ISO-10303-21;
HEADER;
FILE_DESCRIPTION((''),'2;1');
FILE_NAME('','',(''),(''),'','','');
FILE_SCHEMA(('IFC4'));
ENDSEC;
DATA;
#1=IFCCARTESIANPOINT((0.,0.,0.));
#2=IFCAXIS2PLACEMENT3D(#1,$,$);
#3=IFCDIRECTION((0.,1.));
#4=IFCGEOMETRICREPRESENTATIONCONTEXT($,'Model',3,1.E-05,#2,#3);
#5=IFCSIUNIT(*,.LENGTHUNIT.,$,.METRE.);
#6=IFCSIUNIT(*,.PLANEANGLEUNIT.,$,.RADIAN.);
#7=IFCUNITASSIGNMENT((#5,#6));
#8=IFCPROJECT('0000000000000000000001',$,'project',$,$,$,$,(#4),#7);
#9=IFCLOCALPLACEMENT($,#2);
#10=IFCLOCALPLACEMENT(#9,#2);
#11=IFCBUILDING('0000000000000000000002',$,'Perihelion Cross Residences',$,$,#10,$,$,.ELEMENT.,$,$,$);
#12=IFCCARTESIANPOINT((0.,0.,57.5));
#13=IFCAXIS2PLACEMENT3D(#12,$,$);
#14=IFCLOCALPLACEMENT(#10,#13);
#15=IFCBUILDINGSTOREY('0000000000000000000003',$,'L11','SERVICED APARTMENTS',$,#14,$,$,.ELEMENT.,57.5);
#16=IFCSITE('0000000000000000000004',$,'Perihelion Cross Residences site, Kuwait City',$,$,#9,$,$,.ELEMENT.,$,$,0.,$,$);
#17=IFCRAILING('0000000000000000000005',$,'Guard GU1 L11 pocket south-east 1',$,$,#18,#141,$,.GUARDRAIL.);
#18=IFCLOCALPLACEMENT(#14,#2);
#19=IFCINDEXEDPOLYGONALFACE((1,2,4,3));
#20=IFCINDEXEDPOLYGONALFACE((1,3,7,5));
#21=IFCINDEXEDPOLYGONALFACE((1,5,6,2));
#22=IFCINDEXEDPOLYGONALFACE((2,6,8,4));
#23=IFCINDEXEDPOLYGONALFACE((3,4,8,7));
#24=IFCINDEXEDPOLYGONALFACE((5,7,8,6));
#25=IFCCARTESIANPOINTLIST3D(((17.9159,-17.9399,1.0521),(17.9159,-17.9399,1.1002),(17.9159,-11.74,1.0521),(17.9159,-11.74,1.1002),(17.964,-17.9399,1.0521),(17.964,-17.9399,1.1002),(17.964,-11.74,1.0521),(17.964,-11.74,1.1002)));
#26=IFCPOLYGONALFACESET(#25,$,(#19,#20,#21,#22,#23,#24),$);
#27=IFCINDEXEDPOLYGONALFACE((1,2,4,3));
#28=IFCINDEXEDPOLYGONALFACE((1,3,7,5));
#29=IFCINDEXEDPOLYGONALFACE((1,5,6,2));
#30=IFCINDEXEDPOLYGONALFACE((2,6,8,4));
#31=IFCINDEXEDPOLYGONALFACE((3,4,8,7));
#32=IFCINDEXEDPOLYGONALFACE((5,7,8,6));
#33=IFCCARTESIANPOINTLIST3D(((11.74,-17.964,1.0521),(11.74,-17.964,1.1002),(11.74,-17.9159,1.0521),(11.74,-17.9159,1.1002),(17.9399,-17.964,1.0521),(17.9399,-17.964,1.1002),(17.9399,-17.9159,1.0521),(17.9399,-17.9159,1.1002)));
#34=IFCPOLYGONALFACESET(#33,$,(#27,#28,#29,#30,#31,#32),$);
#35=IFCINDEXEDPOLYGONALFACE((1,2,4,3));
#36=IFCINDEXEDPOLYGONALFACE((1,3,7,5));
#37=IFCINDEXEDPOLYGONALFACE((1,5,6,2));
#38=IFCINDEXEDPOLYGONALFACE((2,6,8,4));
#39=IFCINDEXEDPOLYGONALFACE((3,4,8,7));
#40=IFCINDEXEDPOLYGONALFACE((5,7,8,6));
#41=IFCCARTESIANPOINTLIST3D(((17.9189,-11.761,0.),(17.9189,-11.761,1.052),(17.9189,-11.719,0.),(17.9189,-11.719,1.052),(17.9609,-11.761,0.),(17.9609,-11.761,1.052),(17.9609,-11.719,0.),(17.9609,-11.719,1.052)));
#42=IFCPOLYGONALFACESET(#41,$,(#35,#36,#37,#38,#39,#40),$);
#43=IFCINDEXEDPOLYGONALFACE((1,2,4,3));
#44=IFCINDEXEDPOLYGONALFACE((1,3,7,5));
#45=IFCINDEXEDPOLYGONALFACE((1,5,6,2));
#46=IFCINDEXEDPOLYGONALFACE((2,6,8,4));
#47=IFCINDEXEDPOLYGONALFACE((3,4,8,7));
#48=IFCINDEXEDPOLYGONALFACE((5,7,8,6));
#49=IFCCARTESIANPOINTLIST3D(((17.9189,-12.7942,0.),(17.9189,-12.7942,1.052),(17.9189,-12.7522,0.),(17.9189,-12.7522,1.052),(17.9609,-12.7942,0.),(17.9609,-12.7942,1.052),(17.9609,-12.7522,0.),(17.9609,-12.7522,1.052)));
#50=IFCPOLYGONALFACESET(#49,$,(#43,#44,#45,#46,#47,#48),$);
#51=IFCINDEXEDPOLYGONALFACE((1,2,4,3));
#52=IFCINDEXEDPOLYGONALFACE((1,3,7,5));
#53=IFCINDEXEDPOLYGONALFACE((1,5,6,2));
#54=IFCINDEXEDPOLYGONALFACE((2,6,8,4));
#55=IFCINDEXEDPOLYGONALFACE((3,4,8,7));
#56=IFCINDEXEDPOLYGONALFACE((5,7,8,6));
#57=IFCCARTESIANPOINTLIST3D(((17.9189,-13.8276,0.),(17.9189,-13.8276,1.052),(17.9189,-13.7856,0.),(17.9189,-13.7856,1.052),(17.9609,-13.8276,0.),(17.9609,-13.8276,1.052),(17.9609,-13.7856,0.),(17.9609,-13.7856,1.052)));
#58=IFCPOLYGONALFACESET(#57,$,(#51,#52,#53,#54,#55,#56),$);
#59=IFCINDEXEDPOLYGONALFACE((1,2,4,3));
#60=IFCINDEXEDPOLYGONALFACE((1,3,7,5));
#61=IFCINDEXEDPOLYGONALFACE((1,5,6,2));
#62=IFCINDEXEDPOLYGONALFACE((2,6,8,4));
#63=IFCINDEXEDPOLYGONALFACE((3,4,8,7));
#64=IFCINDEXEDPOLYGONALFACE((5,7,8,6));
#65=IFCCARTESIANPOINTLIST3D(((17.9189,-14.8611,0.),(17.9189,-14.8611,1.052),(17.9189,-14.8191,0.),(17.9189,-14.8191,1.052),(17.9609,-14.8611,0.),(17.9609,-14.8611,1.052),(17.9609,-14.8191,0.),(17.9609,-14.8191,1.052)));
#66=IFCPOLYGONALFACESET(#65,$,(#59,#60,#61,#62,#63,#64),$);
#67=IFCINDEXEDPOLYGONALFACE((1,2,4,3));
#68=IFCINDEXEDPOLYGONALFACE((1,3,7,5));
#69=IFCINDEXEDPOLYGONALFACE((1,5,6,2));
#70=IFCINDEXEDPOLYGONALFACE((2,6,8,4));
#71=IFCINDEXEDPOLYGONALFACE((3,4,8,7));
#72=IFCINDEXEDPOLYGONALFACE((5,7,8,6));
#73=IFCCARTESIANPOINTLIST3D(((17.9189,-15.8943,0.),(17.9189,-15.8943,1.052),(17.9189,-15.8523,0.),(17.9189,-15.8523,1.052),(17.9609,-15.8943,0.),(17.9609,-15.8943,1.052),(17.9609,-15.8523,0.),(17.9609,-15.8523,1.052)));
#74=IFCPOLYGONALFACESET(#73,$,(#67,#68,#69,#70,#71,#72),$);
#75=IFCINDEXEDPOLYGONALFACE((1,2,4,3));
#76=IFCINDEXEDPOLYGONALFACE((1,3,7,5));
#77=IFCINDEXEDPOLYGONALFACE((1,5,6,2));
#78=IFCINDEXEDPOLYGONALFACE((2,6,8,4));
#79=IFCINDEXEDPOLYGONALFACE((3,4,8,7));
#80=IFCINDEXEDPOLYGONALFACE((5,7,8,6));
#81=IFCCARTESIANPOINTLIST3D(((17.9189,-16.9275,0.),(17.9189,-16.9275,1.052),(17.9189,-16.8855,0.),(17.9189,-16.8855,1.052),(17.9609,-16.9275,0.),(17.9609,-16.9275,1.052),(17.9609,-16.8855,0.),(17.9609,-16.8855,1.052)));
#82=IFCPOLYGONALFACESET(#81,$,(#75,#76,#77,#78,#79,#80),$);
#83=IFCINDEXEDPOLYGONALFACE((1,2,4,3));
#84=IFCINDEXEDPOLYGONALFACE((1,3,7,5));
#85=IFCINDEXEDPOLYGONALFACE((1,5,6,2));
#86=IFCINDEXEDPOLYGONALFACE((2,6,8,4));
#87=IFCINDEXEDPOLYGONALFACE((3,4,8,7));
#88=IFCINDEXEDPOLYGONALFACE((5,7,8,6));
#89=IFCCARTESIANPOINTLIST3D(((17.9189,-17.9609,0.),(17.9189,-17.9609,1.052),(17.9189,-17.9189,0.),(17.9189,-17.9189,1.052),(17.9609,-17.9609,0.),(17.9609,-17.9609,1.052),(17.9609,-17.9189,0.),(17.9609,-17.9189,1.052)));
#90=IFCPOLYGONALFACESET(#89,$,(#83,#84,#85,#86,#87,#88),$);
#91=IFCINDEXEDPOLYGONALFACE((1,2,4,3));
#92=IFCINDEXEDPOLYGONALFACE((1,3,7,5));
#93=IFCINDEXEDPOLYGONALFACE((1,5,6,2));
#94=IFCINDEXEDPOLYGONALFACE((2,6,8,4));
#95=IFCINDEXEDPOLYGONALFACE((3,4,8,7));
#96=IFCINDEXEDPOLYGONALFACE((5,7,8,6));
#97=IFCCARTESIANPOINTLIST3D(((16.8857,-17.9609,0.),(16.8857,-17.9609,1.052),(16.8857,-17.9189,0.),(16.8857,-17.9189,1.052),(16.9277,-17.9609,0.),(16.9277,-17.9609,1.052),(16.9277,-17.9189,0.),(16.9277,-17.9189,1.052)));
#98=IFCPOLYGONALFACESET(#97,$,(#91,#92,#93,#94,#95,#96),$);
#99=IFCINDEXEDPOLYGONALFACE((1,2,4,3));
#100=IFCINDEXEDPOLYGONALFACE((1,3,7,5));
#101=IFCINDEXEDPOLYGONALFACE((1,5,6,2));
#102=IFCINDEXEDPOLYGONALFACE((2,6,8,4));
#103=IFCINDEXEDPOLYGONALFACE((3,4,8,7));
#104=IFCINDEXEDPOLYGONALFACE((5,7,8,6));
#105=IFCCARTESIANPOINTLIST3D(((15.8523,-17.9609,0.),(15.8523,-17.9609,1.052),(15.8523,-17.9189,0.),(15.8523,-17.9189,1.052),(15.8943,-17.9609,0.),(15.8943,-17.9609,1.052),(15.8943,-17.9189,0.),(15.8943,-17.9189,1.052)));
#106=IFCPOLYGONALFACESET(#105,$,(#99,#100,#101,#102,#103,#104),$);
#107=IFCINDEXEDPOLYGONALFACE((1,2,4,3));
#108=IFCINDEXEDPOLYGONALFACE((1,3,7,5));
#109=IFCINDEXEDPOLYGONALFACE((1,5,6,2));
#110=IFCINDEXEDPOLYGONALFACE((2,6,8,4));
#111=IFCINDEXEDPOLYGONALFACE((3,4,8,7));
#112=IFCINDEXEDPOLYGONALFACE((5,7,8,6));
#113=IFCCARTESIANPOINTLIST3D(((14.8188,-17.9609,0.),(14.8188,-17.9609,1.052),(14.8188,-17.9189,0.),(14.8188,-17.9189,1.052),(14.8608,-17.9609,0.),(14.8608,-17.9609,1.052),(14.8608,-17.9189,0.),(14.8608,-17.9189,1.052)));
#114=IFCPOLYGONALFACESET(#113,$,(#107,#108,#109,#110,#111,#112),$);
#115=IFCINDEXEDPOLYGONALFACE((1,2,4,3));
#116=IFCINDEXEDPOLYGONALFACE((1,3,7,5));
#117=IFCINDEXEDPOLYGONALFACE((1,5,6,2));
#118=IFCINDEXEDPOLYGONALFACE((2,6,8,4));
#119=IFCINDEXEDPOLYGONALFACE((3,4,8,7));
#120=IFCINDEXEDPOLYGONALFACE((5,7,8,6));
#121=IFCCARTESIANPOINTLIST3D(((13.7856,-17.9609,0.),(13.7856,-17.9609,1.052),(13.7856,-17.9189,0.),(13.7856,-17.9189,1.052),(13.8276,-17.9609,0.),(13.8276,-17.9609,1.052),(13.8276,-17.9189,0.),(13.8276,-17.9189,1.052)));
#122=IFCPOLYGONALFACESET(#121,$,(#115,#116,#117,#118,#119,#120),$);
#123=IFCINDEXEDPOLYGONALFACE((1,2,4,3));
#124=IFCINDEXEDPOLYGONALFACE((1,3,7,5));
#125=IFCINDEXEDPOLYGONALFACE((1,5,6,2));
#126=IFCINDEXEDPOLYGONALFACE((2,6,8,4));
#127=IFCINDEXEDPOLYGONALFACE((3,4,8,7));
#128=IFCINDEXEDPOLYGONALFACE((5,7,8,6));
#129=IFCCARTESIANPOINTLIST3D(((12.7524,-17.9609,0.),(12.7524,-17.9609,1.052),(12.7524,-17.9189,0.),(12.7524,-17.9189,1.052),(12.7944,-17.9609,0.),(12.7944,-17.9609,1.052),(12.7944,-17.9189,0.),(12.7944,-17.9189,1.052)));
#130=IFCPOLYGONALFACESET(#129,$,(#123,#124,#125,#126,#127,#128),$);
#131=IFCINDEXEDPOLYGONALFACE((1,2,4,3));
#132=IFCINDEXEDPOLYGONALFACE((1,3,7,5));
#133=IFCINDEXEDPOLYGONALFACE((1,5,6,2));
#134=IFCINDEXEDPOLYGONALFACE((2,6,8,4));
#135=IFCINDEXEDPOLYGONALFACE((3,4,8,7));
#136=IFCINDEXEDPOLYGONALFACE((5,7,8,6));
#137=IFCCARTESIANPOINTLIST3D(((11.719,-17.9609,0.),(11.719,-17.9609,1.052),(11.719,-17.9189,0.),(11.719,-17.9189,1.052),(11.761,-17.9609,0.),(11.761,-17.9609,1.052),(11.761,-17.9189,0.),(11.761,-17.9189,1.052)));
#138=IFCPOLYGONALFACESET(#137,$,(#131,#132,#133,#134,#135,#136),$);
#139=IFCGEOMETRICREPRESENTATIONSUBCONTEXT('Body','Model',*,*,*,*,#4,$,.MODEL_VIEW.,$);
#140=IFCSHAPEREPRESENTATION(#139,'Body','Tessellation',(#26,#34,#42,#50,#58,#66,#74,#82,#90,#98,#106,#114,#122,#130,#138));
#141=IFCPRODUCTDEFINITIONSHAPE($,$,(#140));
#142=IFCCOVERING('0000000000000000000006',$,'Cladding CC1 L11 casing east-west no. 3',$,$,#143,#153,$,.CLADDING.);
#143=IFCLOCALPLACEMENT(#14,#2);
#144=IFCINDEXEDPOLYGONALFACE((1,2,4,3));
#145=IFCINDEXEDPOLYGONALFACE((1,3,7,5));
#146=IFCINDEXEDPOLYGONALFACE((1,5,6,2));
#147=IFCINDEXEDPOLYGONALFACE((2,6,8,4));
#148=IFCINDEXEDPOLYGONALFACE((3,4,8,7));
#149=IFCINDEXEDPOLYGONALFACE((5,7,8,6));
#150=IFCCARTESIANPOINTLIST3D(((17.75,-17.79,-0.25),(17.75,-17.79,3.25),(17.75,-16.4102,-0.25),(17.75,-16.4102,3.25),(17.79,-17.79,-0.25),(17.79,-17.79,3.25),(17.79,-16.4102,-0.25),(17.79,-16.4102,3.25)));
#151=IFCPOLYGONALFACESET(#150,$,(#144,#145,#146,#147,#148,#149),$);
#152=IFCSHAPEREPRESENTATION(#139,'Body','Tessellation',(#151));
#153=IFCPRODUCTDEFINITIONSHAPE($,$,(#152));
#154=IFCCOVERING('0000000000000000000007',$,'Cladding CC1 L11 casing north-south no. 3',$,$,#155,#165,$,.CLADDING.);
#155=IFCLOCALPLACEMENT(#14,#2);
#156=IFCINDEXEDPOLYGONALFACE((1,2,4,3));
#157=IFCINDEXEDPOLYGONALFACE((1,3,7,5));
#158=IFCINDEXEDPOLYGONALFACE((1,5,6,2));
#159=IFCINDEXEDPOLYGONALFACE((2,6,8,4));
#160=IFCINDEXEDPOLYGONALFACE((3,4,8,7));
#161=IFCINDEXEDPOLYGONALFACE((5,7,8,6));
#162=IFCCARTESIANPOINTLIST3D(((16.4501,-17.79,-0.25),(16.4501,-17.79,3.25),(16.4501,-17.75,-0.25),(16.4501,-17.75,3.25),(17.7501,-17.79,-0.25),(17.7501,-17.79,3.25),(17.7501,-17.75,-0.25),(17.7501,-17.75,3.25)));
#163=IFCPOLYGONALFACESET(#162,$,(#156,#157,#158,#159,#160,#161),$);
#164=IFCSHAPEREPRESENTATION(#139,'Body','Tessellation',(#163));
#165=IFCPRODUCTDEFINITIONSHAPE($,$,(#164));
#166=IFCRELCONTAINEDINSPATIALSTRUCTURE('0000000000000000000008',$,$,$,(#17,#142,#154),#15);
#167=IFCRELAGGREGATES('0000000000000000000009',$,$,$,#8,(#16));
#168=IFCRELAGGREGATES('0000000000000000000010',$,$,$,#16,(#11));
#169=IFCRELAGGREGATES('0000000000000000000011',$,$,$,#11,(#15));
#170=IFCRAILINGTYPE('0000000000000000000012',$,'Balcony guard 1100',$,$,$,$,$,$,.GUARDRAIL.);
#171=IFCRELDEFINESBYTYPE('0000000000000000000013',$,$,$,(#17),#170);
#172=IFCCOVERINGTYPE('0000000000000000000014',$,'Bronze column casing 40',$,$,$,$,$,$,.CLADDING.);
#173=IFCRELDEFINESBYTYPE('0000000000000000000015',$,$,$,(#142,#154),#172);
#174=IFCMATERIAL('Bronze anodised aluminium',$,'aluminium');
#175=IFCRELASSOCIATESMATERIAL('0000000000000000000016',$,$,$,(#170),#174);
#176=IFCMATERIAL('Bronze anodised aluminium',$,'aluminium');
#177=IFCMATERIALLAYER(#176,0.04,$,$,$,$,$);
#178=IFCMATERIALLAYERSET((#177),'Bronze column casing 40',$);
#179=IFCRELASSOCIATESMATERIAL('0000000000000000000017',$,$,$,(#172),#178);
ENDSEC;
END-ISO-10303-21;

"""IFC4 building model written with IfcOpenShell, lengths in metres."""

from ifc_helpers import new_model, si_unit, direction, frame, origin, origin_2d, place, context, subcontext, project, spatial, rectangle, extrude, material, layer, layer_set, type_object, element, save


model = new_model("IFC4")

# Units and contexts
model_context = context("Model", 3, precision=1e-05, world=origin(), true_north=direction((0.0, 1.0)))
body_context = subcontext(model_context, "Body", "Model", "MODEL_VIEW")
ifc_project = project(units=[si_unit("LENGTHUNIT", "METRE"), si_unit("PLANEANGLEUNIT", "RADIAN")], contexts=[model_context])

# Site, building, storey
site_placement = place(None, origin())
site = spatial("IfcSite", under=ifc_project, at=site_placement, Name="Perihelion Cross Residences site, Kuwait City", CompositionType="ELEMENT", RefElevation=0.0)
building_placement = place(site_placement, origin())
building = spatial("IfcBuilding", under=site, at=building_placement, Name="Perihelion Cross Residences", CompositionType="ELEMENT")
storey_placement = place(building_placement, frame((0.0, 0.0, 57.5)))
storey = spatial("IfcBuildingStorey", under=building, at=storey_placement, Name="L11", Description="SERVICED APARTMENTS", CompositionType="ELEMENT", Elevation=57.5)

# Railing
ifc_material_1 = material(Name="Bronze anodised aluminium", Category="aluminium")
railing_type = type_object("IfcRailingType", Name="Balcony guard 1100", PredefinedType="GUARDRAIL", material=ifc_material_1)
railing_1_placement = place(storey_placement, frame((17.9399, -11.74, 0.0)))
element("IfcRailing", 1, at=railing_1_placement, inside=storey, type_object=railing_type, Name="Guard GU1 L11 pocket south-east 1", PredefinedType="GUARDRAIL", context=body_context, shape_type="SweptSolid", body=[
    extrude(rectangle(XDim=0.0481, YDim=0.0481, at=origin_2d()), frame((0.0, 0.0, 1.0762), z_axis=(0.0, -1.0, 0.0), x_axis=(1.0, 0.0, 0.0)), (0.0, 0.0, 1.0), 6.2),
    extrude(rectangle(XDim=0.0481, YDim=0.0481, at=origin_2d()), frame((0.0, -6.2, 1.0762), z_axis=(-1.0, 0.0, 0.0), x_axis=(0.0, -1.0, 0.0)), (0.0, 0.0, 1.0), 6.2),
    extrude(rectangle(XDim=0.042, YDim=0.042, at=origin_2d()), origin(), (0.0, 0.0, 1.0), 1.052),
    extrude(rectangle(XDim=0.042, YDim=0.042, at=origin_2d()), frame((0.0, -1.0332, 0.0)), (0.0, 0.0, 1.0), 1.052),
    extrude(rectangle(XDim=0.042, YDim=0.042, at=origin_2d()), frame((0.0, -2.0667, 0.0)), (0.0, 0.0, 1.0), 1.052),
    extrude(rectangle(XDim=0.042, YDim=0.042, at=origin_2d()), frame((0.0, -3.1001, 0.0)), (0.0, 0.0, 1.0), 1.052),
    extrude(rectangle(XDim=0.042, YDim=0.042, at=origin_2d()), frame((0.0, -4.1333, 0.0)), (0.0, 0.0, 1.0), 1.052),
    extrude(rectangle(XDim=0.042, YDim=0.042, at=origin_2d()), frame((0.0, -5.1665, 0.0)), (0.0, 0.0, 1.0), 1.052),
    extrude(rectangle(XDim=0.042, YDim=0.042, at=origin_2d()), frame((0.0, -6.2, 0.0)), (0.0, 0.0, 1.0), 1.052),
    extrude(rectangle(XDim=0.042, YDim=0.042, at=origin_2d()), frame((-1.0332, -6.2, 0.0)), (0.0, 0.0, 1.0), 1.052),
    extrude(rectangle(XDim=0.042, YDim=0.042, at=origin_2d()), frame((-2.0667, -6.2, 0.0)), (0.0, 0.0, 1.0), 1.052),
    extrude(rectangle(XDim=0.042, YDim=0.042, at=origin_2d()), frame((-3.1001, -6.2, 0.0)), (0.0, 0.0, 1.0), 1.052),
    extrude(rectangle(XDim=0.042, YDim=0.042, at=origin_2d()), frame((-4.1333, -6.2, 0.0)), (0.0, 0.0, 1.0), 1.052),
    extrude(rectangle(XDim=0.042, YDim=0.042, at=origin_2d()), frame((-5.1665, -6.2, 0.0)), (0.0, 0.0, 1.0), 1.052),
    extrude(rectangle(XDim=0.042, YDim=0.042, at=origin_2d()), frame((-6.2, -6.2, 0.0)), (0.0, 0.0, 1.0), 1.052),
])

# Coverings
ifc_material_2 = material(Name="Bronze anodised aluminium", Category="aluminium")
ifc_layer_1 = layer(ifc_material_2, 0.04)
ifc_layer_set_1 = layer_set([ifc_layer_1], Name="Bronze column casing 40")
covering_type = type_object("IfcCoveringType", Name="Bronze column casing 40", PredefinedType="CLADDING", material=ifc_layer_set_1)
covering_1_placement = place(storey_placement, frame((17.77, -17.1001, -0.25), z_axis=(0.0, 0.0, 1.0), x_axis=(1.0, 0.0, 0.0)))
element("IfcCovering", 2, at=covering_1_placement, inside=storey, type_object=covering_type, Name="Cladding CC1 L11 casing east-west no. 3", PredefinedType="CLADDING", context=body_context, shape_type="SweptSolid", body=[
    extrude(rectangle(XDim=0.04, YDim=1.3799, at=origin_2d()), origin(), (0.0, 0.0, 1.0), 3.5),
])
covering_2_placement = place(storey_placement, frame((17.1001, -17.77, -0.25), z_axis=(0.0, 0.0, 1.0), x_axis=(1.0, 0.0, 0.0)))
element("IfcCovering", 3, at=covering_2_placement, inside=storey, type_object=covering_type, Name="Cladding CC1 L11 casing north-south no. 3", PredefinedType="CLADDING", context=body_context, shape_type="SweptSolid", body=[
    extrude(rectangle(XDim=1.3, YDim=0.04, at=origin_2d()), origin(), (0.0, 0.0, 1.0), 3.5),
])

save(model, "model.ifc")
